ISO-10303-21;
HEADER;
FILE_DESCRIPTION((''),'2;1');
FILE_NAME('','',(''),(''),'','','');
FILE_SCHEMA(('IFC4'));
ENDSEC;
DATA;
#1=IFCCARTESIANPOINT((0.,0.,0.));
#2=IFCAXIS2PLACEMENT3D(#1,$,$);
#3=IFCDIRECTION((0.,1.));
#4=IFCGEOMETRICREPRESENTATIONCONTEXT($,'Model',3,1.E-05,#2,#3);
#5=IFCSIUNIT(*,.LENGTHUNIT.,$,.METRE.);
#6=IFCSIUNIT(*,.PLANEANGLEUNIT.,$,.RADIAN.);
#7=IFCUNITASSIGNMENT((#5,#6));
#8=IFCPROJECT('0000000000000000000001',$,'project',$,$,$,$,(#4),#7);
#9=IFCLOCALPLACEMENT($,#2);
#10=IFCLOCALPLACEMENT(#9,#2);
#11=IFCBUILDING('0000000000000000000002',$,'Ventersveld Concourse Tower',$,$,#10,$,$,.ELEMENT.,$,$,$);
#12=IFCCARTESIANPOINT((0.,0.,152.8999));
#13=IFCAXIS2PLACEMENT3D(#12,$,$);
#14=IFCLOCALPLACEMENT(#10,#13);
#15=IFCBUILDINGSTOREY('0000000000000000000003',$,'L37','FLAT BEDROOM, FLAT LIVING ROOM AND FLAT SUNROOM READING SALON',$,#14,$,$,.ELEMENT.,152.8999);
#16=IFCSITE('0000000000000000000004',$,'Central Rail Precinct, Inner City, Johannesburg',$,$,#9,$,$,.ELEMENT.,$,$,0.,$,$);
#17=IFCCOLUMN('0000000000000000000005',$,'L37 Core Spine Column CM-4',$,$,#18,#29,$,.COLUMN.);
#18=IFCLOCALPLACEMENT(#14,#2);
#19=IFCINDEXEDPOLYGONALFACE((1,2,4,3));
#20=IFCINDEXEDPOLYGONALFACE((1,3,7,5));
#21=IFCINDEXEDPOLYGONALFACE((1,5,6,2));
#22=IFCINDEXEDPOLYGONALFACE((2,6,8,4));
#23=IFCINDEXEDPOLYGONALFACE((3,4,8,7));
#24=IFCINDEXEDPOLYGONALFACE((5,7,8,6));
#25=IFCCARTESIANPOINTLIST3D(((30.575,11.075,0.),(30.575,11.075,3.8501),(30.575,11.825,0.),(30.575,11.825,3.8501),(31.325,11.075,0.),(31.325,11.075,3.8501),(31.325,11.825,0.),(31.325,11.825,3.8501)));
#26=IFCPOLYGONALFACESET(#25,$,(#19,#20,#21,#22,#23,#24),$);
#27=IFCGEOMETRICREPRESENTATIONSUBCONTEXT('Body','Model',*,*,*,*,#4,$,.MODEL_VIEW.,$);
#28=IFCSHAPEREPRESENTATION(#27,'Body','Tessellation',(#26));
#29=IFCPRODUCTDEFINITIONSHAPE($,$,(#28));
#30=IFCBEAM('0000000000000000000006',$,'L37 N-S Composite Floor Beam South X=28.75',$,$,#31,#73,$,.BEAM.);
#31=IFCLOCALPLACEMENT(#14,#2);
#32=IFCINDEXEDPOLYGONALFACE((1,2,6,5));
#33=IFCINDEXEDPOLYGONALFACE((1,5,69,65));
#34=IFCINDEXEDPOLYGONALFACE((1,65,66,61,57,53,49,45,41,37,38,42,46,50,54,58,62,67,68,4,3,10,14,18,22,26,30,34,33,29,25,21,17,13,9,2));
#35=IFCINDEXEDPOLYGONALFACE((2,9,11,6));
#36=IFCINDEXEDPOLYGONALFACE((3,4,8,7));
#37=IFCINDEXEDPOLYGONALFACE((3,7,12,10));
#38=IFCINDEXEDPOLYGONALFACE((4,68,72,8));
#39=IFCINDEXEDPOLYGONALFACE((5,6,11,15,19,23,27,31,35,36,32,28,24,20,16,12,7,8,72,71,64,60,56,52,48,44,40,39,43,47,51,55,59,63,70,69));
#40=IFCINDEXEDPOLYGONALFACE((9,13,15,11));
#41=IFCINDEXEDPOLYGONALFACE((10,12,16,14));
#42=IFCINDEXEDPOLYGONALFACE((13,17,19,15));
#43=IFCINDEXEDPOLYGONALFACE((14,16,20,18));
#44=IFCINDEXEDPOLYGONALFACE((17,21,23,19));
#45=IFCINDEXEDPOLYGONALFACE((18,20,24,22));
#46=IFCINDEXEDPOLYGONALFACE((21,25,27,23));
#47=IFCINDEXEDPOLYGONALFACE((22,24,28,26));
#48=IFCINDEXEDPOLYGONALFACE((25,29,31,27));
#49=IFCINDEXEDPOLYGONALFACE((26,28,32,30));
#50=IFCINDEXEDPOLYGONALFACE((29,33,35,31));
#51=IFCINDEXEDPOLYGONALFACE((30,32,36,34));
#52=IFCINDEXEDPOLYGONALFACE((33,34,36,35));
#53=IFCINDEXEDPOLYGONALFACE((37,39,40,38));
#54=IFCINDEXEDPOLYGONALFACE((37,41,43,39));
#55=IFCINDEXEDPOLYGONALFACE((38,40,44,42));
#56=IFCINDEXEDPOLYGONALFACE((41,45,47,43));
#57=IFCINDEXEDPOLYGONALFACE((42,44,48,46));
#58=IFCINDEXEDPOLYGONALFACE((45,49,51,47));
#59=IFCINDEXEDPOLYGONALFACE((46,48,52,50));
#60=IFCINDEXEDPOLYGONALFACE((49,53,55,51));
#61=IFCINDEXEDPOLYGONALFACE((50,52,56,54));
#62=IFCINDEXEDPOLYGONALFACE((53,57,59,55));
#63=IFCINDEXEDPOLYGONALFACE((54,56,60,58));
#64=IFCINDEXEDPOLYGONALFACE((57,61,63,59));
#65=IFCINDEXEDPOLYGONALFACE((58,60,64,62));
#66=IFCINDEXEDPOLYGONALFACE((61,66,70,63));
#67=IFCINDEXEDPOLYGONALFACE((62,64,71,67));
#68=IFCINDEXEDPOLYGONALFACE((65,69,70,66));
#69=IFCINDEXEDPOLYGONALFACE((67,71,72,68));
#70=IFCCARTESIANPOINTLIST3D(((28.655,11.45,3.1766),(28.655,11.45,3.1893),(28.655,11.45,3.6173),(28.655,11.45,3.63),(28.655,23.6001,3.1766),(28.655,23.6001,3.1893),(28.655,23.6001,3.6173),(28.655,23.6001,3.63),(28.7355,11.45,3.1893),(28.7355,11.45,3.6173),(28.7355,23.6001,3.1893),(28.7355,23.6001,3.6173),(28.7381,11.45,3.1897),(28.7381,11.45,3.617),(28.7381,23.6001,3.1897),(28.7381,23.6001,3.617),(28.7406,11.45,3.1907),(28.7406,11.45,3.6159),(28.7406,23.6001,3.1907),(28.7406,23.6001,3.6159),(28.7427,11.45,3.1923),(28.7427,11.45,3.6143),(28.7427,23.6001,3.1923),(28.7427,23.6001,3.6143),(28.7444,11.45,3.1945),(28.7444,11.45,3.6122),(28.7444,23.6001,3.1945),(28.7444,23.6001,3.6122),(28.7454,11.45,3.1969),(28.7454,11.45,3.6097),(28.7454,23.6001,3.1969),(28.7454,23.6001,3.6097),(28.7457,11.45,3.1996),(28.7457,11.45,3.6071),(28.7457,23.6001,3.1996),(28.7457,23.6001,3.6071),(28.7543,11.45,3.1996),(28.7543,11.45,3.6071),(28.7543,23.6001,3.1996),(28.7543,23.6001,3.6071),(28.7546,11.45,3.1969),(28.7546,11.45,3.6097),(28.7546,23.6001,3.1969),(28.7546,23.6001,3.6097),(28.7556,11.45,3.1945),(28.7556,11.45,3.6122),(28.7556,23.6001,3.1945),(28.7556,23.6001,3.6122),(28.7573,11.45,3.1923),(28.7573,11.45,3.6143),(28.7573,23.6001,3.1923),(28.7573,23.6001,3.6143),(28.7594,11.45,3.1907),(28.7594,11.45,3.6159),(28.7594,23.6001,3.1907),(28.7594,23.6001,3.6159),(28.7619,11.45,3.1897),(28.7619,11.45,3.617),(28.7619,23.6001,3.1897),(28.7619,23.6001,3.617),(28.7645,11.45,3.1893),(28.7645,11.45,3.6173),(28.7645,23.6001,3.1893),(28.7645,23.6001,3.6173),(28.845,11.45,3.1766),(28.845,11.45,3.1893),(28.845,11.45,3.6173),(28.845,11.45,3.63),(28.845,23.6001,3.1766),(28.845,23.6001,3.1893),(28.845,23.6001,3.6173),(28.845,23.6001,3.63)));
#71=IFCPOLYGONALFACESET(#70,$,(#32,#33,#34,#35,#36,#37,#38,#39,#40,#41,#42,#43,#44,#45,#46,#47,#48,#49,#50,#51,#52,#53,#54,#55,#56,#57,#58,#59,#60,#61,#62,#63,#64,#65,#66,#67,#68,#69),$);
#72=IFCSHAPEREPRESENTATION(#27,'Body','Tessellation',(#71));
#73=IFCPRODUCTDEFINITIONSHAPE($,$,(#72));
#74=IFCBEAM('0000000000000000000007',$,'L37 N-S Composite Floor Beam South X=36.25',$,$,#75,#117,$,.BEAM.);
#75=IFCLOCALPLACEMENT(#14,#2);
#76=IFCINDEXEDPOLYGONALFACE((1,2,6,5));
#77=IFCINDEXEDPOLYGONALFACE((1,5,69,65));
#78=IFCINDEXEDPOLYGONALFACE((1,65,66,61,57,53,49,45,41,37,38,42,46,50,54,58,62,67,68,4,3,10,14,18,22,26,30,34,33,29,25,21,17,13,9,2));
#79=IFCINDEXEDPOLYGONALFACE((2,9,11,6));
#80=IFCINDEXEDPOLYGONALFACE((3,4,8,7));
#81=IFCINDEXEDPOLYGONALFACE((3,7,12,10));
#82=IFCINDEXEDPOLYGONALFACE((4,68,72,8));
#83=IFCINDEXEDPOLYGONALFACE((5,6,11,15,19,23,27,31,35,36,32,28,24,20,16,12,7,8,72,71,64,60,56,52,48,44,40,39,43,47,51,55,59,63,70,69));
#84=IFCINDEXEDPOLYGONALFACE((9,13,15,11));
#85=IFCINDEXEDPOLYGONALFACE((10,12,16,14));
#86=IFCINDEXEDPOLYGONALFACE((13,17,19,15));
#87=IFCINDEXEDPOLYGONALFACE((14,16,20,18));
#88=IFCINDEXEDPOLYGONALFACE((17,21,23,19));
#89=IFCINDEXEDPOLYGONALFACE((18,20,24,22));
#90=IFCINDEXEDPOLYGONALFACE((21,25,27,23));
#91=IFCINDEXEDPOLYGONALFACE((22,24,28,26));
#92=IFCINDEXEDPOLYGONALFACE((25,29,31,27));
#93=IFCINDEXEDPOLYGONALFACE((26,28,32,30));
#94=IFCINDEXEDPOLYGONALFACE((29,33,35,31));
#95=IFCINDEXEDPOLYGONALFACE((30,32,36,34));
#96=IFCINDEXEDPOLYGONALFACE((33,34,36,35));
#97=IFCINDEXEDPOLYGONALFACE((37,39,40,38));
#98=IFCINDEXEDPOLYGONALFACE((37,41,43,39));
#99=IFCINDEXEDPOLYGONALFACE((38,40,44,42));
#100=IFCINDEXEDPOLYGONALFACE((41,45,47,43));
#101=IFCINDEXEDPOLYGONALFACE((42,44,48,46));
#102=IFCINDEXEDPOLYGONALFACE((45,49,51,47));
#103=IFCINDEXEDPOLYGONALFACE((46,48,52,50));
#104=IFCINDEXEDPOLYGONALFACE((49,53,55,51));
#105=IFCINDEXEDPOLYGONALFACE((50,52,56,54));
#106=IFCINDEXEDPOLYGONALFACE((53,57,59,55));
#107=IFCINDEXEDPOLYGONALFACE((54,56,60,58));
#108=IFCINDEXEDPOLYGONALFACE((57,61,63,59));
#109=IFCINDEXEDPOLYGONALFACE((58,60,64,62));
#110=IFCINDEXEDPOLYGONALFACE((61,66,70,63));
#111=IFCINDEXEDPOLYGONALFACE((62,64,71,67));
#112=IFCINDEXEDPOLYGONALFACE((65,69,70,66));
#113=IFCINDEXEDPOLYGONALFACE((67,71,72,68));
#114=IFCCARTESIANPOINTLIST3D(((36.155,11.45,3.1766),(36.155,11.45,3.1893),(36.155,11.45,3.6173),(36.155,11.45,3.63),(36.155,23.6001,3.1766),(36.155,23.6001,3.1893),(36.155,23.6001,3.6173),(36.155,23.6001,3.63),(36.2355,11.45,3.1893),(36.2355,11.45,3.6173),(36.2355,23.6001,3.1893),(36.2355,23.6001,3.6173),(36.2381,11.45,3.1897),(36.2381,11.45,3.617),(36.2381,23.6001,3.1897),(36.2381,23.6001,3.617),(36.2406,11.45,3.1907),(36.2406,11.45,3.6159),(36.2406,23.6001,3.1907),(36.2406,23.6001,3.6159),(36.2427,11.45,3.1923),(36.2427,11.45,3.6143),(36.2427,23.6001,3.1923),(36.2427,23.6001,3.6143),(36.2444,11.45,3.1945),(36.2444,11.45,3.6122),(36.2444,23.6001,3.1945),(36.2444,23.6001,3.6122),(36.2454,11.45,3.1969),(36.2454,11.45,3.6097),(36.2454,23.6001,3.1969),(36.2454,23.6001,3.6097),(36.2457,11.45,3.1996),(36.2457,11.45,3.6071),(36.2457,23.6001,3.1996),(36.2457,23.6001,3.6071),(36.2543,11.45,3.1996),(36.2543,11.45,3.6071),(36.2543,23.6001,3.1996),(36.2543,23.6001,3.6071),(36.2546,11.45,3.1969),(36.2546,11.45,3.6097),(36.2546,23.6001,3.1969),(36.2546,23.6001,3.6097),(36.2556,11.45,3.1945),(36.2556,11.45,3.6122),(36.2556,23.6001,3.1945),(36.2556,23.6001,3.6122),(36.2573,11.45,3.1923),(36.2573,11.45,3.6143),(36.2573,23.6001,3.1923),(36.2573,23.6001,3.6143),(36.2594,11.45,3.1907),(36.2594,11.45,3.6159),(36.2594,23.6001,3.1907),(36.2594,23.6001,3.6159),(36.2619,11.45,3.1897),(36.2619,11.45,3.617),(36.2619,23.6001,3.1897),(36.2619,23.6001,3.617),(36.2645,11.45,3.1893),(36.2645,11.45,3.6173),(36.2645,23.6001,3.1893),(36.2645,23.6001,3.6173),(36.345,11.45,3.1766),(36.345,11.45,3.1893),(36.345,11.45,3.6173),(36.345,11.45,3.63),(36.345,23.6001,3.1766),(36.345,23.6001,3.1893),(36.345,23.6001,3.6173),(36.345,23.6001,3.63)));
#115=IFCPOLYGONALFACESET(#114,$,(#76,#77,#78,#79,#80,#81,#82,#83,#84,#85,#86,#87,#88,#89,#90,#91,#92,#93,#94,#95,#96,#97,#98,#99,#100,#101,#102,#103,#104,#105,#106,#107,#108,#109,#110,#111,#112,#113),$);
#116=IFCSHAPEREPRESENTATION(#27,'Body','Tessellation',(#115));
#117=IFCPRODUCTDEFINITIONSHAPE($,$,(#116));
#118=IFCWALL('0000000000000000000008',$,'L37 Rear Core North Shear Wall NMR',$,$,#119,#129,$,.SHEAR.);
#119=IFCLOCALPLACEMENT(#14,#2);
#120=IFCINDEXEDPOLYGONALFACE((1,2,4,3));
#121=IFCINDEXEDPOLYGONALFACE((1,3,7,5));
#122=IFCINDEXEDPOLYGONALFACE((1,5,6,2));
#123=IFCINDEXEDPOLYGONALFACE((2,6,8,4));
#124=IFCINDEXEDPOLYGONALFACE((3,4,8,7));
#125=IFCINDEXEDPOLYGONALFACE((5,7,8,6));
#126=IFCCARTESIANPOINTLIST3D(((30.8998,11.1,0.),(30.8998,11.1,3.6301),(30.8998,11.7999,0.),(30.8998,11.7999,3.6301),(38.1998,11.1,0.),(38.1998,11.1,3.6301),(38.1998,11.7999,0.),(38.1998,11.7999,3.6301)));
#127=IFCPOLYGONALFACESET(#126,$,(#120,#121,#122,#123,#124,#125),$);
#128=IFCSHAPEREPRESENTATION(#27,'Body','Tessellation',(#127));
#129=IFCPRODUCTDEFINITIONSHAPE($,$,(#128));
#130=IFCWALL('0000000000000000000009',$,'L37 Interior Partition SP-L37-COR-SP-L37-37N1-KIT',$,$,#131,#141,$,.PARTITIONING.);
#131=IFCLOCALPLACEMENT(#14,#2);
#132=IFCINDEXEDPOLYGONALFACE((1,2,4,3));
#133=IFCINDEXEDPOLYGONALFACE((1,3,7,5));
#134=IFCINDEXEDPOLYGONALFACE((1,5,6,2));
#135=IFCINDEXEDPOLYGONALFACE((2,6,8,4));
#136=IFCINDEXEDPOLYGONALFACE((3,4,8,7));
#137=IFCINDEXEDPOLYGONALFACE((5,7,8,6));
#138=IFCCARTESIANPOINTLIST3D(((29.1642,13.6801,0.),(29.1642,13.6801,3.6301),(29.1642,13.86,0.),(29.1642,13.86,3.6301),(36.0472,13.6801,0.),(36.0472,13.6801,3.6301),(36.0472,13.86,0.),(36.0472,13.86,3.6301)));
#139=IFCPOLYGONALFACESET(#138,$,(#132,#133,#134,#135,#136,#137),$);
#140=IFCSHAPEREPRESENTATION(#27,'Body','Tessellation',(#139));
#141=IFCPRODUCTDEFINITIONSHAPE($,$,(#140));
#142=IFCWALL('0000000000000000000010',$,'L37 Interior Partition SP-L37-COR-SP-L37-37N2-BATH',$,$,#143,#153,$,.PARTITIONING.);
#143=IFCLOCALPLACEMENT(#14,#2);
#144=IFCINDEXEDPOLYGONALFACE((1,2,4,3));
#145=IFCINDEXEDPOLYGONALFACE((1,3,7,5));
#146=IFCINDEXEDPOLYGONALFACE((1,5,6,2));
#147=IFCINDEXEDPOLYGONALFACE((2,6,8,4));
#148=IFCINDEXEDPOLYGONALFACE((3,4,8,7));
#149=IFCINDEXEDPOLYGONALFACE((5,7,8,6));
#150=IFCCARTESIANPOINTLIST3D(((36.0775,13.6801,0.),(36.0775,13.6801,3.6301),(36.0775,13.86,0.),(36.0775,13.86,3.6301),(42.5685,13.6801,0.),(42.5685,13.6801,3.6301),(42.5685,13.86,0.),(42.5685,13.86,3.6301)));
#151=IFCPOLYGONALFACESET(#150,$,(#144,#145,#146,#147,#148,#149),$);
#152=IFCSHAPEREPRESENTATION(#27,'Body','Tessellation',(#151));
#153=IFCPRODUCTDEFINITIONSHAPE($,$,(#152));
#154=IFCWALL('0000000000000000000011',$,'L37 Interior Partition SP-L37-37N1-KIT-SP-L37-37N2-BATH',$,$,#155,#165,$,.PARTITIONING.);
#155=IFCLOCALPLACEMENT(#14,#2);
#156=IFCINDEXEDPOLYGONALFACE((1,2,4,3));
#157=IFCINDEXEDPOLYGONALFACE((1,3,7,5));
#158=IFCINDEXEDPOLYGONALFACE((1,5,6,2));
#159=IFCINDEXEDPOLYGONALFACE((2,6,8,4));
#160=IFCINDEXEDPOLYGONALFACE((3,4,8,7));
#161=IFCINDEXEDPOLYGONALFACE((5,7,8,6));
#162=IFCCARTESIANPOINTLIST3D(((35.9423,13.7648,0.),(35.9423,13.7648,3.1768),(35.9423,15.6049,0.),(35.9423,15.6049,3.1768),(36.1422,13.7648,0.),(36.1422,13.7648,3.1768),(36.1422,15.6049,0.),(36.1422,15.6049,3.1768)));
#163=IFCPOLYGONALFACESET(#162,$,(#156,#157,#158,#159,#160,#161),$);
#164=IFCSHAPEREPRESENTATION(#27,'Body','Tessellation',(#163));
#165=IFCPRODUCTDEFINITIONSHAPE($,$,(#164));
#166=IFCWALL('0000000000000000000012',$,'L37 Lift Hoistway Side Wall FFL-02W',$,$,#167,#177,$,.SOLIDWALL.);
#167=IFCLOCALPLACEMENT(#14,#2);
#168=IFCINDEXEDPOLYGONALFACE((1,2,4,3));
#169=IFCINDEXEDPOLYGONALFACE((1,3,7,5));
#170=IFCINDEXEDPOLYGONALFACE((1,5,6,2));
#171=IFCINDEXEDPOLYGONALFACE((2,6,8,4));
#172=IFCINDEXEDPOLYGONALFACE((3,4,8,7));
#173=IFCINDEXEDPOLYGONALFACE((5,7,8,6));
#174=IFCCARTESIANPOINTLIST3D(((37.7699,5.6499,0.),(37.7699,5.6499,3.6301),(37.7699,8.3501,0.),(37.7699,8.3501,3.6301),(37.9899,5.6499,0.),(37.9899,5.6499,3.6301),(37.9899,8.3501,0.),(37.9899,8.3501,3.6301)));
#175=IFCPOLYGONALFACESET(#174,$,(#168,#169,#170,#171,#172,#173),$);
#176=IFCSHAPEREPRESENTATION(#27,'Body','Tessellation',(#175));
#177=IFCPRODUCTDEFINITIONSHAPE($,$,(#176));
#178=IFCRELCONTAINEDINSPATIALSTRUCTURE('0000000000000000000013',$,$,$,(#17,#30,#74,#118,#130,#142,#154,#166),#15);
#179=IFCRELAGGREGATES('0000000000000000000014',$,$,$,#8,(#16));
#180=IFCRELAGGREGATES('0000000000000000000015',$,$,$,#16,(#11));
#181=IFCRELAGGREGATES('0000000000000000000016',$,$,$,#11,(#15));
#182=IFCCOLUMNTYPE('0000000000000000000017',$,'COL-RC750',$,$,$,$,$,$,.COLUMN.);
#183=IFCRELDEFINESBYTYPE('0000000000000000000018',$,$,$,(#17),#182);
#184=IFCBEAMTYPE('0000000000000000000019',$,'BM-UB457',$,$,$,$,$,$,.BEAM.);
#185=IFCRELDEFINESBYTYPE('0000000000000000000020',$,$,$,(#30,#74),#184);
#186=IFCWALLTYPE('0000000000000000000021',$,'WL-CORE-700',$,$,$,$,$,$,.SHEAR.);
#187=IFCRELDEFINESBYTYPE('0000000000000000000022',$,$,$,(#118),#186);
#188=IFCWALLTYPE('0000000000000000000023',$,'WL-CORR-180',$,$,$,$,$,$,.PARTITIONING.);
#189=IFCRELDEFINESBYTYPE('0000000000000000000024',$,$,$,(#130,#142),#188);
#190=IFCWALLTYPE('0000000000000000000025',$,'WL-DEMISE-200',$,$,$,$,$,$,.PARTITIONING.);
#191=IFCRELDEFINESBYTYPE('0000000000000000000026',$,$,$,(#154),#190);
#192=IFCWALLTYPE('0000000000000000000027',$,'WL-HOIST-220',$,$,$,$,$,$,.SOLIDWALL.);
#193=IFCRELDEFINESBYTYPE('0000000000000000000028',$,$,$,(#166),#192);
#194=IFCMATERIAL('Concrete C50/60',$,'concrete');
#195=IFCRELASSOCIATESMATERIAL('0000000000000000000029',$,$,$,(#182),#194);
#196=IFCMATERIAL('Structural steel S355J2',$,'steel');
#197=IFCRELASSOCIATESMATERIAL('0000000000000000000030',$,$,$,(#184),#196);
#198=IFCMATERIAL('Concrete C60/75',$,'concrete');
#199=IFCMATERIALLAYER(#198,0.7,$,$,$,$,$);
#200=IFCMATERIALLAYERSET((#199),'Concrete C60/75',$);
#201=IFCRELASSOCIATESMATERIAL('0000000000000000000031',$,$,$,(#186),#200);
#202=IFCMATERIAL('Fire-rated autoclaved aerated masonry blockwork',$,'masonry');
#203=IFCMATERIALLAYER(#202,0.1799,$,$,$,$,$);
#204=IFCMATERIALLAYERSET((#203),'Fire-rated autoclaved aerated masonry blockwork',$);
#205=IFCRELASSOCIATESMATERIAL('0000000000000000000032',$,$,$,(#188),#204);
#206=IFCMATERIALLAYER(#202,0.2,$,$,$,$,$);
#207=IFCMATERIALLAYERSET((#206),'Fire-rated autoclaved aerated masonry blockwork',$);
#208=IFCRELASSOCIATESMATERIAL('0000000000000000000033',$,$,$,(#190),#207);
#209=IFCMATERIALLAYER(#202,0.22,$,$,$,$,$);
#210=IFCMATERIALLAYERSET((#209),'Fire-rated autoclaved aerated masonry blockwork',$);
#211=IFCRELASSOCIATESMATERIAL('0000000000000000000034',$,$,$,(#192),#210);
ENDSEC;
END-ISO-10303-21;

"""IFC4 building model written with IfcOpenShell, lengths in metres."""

from ifc_helpers import new_model, si_unit, direction, frame, frame_2d, origin, origin_2d, place, context, subcontext, project, spatial, rectangle, i_section, extrude, material, layer, layer_set, material_profile, profile_set, type_object, element, save


model = new_model("IFC4")

# Units and contexts
model_context = context("Model", 3, precision=1e-05, world=origin(), true_north=direction((0.0, 1.0)))
body_context = subcontext(model_context, "Body", "Model", "MODEL_VIEW")
ifc_project = project(units=[si_unit("LENGTHUNIT", "METRE"), si_unit("PLANEANGLEUNIT", "RADIAN")], contexts=[model_context])

# Site, building, storey
site_placement = place(None, origin())
site = spatial("IfcSite", under=ifc_project, at=site_placement, Name="Central Rail Precinct, Inner City, Johannesburg", CompositionType="ELEMENT", RefElevation=0.0)
building_placement = place(site_placement, origin())
building = spatial("IfcBuilding", under=site, at=building_placement, Name="Ventersveld Concourse Tower", CompositionType="ELEMENT")
storey_placement = place(building_placement, frame((0.0, 0.0, 152.8999)))
storey = spatial("IfcBuildingStorey", under=building, at=storey_placement, Name="L37", Description="FLAT BEDROOM, FLAT LIVING ROOM AND FLAT SUNROOM READING SALON", CompositionType="ELEMENT", Elevation=152.8999)

# Column
ifc_material_1 = material(Name="Concrete C50/60", Category="concrete")
ifc_material_profile_1 = material_profile(ifc_material_1, rectangle(XDim=0.75, YDim=0.75, at=origin_2d()), Name="RC 750x750")
ifc_profile_set_1 = profile_set([ifc_material_profile_1], Name="Concrete C50/60")
column_type = type_object("IfcColumnType", Name="COL-RC750", PredefinedType="COLUMN", material=ifc_profile_set_1)
column_placement = place(storey_placement, frame((30.95, 11.45, 0.0), z_axis=(0.0, 0.0, 1.0), x_axis=(1.0, 0.0, 0.0)))
element("IfcColumn", 1, at=column_placement, inside=storey, type_object=column_type, Name="L37 Core Spine Column CM-4", PredefinedType="COLUMN", context=body_context, shape_type="SweptSolid", body=[
    extrude(rectangle(XDim=0.75, YDim=0.75, at=origin_2d()), origin(), (0.0, 0.0, 1.0), 3.8501),
])

# Beams
ifc_material_2 = material(Name="Structural steel S355J2", Category="steel")
ifc_material_profile_2 = material_profile(ifc_material_2, i_section(OverallWidth=0.1899, OverallDepth=0.4534, WebThickness=0.0085, FlangeThickness=0.0127, FilletRadius=0.0103, at=origin_2d()), Name="UB 457x191x67")
ifc_profile_set_2 = profile_set([ifc_material_profile_2], Name="Structural steel S355J2")
beam_type = type_object("IfcBeamType", Name="BM-UB457", PredefinedType="BEAM", material=ifc_profile_set_2)
for number, where, z_axis, x_axis, name in (
    (2, (28.75, 11.45, 3.4033), (0.0, 1.0, 0.0), (-1.0, 0.0, 0.0), "L37 N-S Composite Floor Beam South X=28.75"),
    (3, (36.25, 11.45, 3.4033), (0.0, 1.0, 0.0), (-1.0, 0.0, 0.0), "L37 N-S Composite Floor Beam South X=36.25"),
):
    element("IfcBeam", number, at=place(storey_placement, frame(where, z_axis=z_axis, x_axis=x_axis)), inside=storey, type_object=beam_type, Name=name, PredefinedType="BEAM", context=body_context, shape_type="SweptSolid", body=[
        extrude(i_section(OverallWidth=0.1899, OverallDepth=0.4534, WebThickness=0.0085, FlangeThickness=0.0127, FilletRadius=0.0103, at=origin_2d()), origin(), (0.0, 0.0, 1.0), 12.1501),
    ])

# Walls
ifc_material_3 = material(Name="Concrete C60/75", Category="concrete")
ifc_layer_1 = layer(ifc_material_3, 0.7)
ifc_layer_set_1 = layer_set([ifc_layer_1], Name="Concrete C60/75")
wall_type_1 = type_object("IfcWallType", Name="WL-CORE-700", PredefinedType="SHEAR", material=ifc_layer_set_1)
wall_1_placement = place(storey_placement, frame((30.8999, 11.45, 0.0), z_axis=(0.0, 0.0, 1.0), x_axis=(1.0, 0.0, 0.0)))
element("IfcWall", 4, at=wall_1_placement, inside=storey, type_object=wall_type_1, Name="L37 Rear Core North Shear Wall NMR", PredefinedType="SHEAR", context=body_context, shape_type="SweptSolid", body=[
    extrude(rectangle(XDim=7.3, YDim=0.7, at=frame_2d((3.6499, 0.0))), origin(), (0.0, 0.0, 1.0), 3.6301),
])
ifc_material_4 = material(Name="Fire-rated autoclaved aerated masonry blockwork", Category="masonry")
ifc_layer_2 = layer(ifc_material_4, 0.1799)
ifc_layer_set_2 = layer_set([ifc_layer_2], Name="Fire-rated autoclaved aerated masonry blockwork")
wall_type_2 = type_object("IfcWallType", Name="WL-CORR-180", PredefinedType="PARTITIONING", material=ifc_layer_set_2)
wall_2_placement = place(storey_placement, frame((29.1643, 13.77, 0.0), z_axis=(0.0, 0.0, 1.0), x_axis=(1.0, 0.0, 0.0)))
element("IfcWall", 5, at=wall_2_placement, inside=storey, type_object=wall_type_2, Name="L37 Interior Partition SP-L37-COR-SP-L37-37N1-KIT", PredefinedType="PARTITIONING", context=body_context, shape_type="SweptSolid", body=[
    extrude(rectangle(XDim=6.8831, YDim=0.1799, at=frame_2d((3.4414, 0.0))), origin(), (0.0, 0.0, 1.0), 3.6301),
])
wall_3_placement = place(storey_placement, frame((36.0774, 13.77, 0.0), z_axis=(0.0, 0.0, 1.0), x_axis=(1.0, 0.0, 0.0)))
element("IfcWall", 6, at=wall_3_placement, inside=storey, type_object=wall_type_2, Name="L37 Interior Partition SP-L37-COR-SP-L37-37N2-BATH", PredefinedType="PARTITIONING", context=body_context, shape_type="SweptSolid", body=[
    extrude(rectangle(XDim=6.491, YDim=0.1799, at=frame_2d((3.2456, 0.0))), origin(), (0.0, 0.0, 1.0), 3.6301),
])
ifc_layer_3 = layer(ifc_material_4, 0.2)
ifc_layer_set_3 = layer_set([ifc_layer_3], Name="Fire-rated autoclaved aerated masonry blockwork")
wall_type_3 = type_object("IfcWallType", Name="WL-DEMISE-200", PredefinedType="PARTITIONING", material=ifc_layer_set_3)
wall_4_placement = place(storey_placement, frame((36.0422, 13.7649, 0.0), z_axis=(0.0, 0.0, 1.0), x_axis=(0.0, 1.0, 0.0)))
element("IfcWall", 7, at=wall_4_placement, inside=storey, type_object=wall_type_3, Name="L37 Interior Partition SP-L37-37N1-KIT-SP-L37-37N2-BATH", PredefinedType="PARTITIONING", context=body_context, shape_type="SweptSolid", body=[
    extrude(rectangle(XDim=1.8401, YDim=0.2, at=frame_2d((0.9199, 0.0))), origin(), (0.0, 0.0, 1.0), 3.1768),
])
ifc_layer_4 = layer(ifc_material_4, 0.22)
ifc_layer_set_4 = layer_set([ifc_layer_4], Name="Fire-rated autoclaved aerated masonry blockwork")
wall_type_4 = type_object("IfcWallType", Name="WL-HOIST-220", PredefinedType="SOLIDWALL", material=ifc_layer_set_4)
wall_5_placement = place(storey_placement, frame((37.8799, 5.6499, 0.0), z_axis=(0.0, 0.0, 1.0), x_axis=(0.0, 1.0, 0.0)))
element("IfcWall", 8, at=wall_5_placement, inside=storey, type_object=wall_type_4, Name="L37 Lift Hoistway Side Wall FFL-02W", PredefinedType="SOLIDWALL", context=body_context, shape_type="SweptSolid", body=[
    extrude(rectangle(XDim=2.7002, YDim=0.22, at=frame_2d((1.3501, 0.0))), origin(), (0.0, 0.0, 1.0), 3.6301),
])

save(model, "model.ifc")
